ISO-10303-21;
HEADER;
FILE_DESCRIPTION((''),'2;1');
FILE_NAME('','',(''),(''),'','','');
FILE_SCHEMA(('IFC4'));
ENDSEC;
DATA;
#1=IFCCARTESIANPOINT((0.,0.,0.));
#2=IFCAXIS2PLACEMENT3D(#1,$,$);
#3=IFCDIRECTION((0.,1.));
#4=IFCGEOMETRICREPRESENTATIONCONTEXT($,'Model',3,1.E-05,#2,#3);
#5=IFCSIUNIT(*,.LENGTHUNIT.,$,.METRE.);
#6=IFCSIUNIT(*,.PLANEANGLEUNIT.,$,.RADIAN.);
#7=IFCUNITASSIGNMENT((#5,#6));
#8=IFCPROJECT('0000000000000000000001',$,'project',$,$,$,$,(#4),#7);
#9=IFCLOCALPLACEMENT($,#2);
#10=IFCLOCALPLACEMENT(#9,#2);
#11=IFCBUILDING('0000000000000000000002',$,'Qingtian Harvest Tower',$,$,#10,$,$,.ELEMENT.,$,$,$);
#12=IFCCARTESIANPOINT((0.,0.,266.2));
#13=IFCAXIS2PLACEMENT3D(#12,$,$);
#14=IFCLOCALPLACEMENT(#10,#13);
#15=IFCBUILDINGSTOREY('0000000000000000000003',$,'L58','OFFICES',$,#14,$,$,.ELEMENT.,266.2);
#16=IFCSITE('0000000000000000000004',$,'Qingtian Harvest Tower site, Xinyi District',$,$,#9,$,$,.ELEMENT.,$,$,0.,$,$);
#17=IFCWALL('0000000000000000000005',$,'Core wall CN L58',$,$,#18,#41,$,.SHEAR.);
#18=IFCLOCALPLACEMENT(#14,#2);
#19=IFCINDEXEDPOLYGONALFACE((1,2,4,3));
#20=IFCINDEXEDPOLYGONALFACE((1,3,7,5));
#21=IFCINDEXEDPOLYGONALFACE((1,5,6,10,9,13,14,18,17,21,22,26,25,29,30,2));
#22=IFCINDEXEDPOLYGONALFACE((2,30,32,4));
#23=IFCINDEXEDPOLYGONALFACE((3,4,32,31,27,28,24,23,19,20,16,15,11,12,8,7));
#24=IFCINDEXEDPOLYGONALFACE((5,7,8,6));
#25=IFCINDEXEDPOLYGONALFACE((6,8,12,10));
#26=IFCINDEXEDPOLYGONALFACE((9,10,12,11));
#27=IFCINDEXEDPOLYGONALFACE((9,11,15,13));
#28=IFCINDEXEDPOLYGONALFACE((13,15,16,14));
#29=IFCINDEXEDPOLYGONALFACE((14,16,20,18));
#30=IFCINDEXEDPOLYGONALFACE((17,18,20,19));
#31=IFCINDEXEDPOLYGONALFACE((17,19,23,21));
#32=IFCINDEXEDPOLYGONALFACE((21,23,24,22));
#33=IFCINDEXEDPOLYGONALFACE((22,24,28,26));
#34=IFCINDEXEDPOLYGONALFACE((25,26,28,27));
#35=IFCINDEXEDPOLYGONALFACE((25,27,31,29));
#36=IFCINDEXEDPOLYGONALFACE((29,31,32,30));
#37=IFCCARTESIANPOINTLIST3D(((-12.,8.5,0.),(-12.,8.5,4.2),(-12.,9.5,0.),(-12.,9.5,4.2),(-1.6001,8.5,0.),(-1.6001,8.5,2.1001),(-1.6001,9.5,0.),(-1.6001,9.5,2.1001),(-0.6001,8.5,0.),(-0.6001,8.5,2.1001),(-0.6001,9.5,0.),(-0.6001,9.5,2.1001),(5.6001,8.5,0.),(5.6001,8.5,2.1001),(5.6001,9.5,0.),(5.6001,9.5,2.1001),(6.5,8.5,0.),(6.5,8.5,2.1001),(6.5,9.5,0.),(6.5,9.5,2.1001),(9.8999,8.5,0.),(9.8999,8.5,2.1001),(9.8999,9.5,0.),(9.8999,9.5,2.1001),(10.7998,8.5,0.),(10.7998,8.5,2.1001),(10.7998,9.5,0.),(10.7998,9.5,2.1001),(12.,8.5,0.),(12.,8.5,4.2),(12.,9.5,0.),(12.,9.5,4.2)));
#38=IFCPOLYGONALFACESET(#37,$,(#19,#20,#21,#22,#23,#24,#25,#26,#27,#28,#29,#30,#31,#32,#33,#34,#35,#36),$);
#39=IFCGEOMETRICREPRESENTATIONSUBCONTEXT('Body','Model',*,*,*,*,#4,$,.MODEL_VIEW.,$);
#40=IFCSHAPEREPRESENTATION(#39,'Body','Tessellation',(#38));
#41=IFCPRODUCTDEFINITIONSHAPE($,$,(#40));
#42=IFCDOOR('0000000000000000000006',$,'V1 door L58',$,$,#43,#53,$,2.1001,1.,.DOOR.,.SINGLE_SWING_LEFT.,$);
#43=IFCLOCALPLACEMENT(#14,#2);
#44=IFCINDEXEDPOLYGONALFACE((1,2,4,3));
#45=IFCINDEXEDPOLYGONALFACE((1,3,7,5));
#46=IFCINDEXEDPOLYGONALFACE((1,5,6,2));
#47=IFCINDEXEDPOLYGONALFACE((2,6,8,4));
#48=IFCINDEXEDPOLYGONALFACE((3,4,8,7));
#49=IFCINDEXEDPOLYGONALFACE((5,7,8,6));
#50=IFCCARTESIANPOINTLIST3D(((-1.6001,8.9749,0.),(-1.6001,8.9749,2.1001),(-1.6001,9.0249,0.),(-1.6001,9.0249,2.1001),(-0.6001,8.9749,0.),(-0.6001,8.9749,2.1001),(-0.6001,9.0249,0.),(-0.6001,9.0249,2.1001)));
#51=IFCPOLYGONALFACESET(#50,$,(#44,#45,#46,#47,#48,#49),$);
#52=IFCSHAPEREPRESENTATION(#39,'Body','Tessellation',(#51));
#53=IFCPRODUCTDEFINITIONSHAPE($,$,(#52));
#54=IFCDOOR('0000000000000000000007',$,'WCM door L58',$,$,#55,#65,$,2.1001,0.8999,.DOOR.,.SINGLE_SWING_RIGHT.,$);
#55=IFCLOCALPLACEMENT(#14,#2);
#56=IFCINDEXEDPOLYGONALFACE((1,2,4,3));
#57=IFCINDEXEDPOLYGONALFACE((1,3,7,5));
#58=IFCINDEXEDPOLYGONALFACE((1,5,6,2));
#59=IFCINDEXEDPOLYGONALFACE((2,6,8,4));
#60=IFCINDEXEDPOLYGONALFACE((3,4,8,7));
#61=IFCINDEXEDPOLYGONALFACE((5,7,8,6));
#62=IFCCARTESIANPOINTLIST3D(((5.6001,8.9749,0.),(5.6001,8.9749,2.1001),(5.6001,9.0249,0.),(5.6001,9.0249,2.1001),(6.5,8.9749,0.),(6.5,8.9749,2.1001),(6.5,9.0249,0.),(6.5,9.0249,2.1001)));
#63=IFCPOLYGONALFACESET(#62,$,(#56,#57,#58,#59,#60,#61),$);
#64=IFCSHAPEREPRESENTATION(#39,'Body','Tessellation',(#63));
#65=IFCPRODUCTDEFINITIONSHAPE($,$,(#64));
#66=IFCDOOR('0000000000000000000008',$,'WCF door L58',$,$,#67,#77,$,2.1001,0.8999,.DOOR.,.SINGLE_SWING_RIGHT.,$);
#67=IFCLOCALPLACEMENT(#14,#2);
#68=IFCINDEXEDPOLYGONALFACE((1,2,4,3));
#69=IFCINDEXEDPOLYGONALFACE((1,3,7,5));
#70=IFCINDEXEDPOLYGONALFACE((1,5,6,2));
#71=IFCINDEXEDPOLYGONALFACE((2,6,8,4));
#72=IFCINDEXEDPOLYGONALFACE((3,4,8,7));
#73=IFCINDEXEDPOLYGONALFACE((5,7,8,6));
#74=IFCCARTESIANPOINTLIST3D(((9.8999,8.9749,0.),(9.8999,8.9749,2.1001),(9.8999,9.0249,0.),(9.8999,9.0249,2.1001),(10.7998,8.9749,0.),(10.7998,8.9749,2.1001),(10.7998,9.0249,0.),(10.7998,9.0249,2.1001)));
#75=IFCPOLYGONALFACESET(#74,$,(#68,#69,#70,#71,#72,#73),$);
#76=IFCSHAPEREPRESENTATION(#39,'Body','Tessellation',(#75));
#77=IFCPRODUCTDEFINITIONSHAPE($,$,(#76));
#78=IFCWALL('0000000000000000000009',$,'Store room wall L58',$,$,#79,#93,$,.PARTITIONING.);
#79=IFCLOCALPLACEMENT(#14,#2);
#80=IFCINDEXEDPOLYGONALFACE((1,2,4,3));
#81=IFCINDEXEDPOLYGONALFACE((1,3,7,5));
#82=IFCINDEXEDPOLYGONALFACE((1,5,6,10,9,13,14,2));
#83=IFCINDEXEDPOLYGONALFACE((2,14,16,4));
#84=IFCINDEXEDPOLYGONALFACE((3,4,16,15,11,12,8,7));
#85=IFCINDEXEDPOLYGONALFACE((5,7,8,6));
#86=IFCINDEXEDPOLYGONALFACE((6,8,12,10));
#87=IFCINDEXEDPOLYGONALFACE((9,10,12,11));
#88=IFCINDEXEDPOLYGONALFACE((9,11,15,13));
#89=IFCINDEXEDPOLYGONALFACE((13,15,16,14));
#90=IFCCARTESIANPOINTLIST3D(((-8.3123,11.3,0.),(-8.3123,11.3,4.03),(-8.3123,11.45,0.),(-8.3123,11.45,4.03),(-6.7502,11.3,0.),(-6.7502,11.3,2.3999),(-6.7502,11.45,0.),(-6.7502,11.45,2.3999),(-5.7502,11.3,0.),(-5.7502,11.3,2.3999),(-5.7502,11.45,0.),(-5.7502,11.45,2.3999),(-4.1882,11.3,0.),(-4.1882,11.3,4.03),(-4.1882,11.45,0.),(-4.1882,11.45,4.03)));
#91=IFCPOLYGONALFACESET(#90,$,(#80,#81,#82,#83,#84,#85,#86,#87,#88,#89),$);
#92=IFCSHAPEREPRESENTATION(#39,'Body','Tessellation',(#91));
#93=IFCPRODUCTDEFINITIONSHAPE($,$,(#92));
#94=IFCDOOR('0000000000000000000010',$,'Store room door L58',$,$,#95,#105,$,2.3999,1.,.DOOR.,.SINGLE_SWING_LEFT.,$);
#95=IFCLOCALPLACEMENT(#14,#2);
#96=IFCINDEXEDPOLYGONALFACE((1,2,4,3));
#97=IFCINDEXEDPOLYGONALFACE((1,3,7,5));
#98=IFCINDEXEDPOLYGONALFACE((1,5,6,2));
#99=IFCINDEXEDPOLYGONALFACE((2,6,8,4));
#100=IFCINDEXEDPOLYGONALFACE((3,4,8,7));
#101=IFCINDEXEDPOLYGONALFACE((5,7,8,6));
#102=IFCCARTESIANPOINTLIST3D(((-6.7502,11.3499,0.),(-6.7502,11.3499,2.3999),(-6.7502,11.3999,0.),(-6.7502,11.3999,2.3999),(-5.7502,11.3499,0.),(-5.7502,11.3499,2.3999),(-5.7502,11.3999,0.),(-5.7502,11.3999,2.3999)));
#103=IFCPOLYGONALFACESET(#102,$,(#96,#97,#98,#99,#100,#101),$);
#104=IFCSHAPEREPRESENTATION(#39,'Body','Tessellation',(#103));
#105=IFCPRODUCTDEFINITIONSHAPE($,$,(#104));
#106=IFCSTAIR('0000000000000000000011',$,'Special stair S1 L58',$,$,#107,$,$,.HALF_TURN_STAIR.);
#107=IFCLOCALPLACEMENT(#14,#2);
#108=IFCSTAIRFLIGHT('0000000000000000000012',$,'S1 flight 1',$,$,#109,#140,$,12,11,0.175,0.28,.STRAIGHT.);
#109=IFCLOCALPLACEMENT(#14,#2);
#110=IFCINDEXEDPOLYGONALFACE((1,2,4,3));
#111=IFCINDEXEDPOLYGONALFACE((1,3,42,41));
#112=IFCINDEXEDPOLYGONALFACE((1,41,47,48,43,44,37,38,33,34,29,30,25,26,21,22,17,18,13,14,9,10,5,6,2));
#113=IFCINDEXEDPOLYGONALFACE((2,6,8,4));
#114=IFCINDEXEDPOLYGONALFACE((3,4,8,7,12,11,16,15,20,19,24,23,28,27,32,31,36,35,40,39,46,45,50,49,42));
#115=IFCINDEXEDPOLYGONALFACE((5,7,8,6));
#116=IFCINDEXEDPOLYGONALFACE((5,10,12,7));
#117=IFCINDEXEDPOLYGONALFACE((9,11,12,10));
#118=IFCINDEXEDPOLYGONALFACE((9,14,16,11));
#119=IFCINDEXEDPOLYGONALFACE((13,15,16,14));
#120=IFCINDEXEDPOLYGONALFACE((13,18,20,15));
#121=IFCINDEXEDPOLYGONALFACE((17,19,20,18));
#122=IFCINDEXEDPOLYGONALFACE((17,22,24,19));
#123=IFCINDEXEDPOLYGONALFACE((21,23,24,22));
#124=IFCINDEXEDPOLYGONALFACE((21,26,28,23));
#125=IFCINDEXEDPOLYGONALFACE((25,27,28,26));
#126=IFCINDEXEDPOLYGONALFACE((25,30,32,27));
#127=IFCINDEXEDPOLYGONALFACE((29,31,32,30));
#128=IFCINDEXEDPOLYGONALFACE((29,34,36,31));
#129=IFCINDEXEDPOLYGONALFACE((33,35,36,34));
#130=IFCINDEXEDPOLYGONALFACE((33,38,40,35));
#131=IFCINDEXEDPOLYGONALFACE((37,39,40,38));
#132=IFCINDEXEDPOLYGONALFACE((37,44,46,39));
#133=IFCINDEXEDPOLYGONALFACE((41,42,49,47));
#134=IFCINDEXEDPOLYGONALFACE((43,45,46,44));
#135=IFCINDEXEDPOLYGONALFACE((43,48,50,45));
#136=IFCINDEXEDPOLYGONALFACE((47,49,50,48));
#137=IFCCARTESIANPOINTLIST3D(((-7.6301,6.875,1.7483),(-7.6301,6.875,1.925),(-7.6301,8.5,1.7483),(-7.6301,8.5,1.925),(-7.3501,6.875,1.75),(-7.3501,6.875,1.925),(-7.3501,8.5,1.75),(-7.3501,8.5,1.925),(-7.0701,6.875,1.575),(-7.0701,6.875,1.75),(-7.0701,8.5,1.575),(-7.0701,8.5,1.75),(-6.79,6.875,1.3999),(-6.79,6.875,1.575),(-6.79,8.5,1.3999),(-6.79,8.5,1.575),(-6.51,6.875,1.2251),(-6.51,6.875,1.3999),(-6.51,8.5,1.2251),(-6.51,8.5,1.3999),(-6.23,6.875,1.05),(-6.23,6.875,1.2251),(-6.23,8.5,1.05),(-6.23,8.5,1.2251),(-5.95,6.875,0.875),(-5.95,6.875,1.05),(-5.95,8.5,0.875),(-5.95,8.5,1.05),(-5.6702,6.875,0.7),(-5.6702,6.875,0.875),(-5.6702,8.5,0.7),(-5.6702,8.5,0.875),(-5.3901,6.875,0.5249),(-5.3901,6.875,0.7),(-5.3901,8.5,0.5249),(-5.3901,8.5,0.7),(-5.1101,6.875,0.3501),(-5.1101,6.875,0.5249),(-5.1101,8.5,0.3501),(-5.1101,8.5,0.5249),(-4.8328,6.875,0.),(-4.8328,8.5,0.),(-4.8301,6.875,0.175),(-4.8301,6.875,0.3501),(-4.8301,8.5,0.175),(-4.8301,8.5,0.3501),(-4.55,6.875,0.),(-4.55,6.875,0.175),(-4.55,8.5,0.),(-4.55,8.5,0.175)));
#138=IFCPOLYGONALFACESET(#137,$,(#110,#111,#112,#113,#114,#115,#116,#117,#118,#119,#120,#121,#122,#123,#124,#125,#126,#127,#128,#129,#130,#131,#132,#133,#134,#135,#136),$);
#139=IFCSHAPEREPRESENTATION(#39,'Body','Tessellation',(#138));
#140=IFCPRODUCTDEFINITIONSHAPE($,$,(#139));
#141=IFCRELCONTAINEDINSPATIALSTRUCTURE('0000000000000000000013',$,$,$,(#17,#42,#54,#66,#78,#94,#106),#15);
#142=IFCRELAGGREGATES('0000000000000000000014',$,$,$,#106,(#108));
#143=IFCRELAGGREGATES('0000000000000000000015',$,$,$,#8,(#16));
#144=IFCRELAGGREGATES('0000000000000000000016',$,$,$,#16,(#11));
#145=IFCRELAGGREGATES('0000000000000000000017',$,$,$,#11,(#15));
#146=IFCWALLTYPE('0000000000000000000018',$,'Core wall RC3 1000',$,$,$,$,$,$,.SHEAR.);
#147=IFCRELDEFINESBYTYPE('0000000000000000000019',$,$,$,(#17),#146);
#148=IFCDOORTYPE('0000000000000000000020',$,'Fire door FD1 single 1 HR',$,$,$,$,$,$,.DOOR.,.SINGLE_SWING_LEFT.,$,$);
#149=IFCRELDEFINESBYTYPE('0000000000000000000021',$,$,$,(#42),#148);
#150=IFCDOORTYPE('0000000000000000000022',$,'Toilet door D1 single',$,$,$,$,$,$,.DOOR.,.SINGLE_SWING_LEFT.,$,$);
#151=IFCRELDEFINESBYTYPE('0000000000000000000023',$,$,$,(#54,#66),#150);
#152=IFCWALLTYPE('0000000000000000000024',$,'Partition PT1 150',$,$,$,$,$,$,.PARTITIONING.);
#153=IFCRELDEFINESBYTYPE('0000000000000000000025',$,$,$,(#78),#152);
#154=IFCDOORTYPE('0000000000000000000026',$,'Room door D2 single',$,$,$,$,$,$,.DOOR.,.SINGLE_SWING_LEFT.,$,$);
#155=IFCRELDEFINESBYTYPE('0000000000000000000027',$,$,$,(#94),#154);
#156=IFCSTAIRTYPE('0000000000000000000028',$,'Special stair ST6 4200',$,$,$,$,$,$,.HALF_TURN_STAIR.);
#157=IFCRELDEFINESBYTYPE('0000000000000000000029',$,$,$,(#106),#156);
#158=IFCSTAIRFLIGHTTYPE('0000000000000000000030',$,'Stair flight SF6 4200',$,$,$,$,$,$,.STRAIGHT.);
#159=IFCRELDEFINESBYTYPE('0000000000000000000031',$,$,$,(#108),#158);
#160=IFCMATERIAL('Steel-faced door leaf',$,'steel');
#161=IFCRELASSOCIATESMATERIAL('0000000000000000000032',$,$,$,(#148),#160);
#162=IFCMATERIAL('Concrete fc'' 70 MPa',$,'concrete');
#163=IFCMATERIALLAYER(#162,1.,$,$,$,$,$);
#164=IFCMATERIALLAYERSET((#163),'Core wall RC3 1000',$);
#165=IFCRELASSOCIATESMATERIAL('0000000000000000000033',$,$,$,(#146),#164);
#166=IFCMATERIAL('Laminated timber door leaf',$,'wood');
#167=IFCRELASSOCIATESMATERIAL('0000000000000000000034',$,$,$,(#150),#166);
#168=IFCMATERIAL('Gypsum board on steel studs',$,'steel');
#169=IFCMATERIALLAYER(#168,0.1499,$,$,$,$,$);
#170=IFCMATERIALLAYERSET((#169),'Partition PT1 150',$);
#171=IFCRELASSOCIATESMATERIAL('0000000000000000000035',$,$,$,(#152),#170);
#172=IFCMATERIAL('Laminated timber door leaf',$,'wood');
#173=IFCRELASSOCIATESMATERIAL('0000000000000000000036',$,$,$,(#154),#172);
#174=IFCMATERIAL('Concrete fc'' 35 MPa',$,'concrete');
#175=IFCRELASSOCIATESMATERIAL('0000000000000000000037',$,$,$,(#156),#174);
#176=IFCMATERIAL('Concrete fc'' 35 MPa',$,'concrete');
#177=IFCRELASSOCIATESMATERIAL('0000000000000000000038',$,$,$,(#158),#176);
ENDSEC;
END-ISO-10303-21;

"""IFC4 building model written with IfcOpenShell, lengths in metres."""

from ifc_helpers import new_model, si_unit, direction, frame, frame_2d, origin, place, context, subcontext, project, spatial, polyline, rectangle, outline, extrude, material, layer, layer_set, type_object, element, fill, aggregate, save


model = new_model("IFC4")

# Units and contexts
model_context = context("Model", 3, precision=1e-05, world=origin(), true_north=direction((0.0, 1.0)))
body_context = subcontext(model_context, "Body", "Model", "MODEL_VIEW")
ifc_project = project(units=[si_unit("LENGTHUNIT", "METRE"), si_unit("PLANEANGLEUNIT", "RADIAN")], contexts=[model_context])

# Site, building, storey
site_placement = place(None, origin())
site = spatial("IfcSite", under=ifc_project, at=site_placement, Name="Qingtian Harvest Tower site, Xinyi District", CompositionType="ELEMENT", RefElevation=0.0)
building_placement = place(site_placement, origin())
building = spatial("IfcBuilding", under=site, at=building_placement, Name="Qingtian Harvest Tower", CompositionType="ELEMENT")
storey_placement = place(building_placement, frame((0.0, 0.0, 266.2)))
storey = spatial("IfcBuildingStorey", under=building, at=storey_placement, Name="L58", Description="OFFICES", CompositionType="ELEMENT", Elevation=266.2)

# Shared definitions
ifc_material_1 = material(Name="Steel-faced door leaf", Category="steel")
door_type_1 = type_object("IfcDoorType", Name="Fire door FD1 single 1 HR", OperationType="SINGLE_SWING_LEFT", PredefinedType="DOOR", material=ifc_material_1)

# Wall, openings, doors
ifc_material_2 = material(Name="Concrete fc' 70 MPa", Category="concrete")
ifc_layer_1 = layer(ifc_material_2, 1.0)
ifc_layer_set_1 = layer_set([ifc_layer_1], Name="Core wall RC3 1000")
wall_type_1 = type_object("IfcWallType", Name="Core wall RC3 1000", PredefinedType="SHEAR", material=ifc_layer_set_1)
wall_1_placement = place(storey_placement, frame((-12.0, 9.0, 0.0), z_axis=(0.0, 0.0, 1.0), x_axis=(1.0, 0.0, 0.0)))
wall_1 = element("IfcWall", 1, at=wall_1_placement, inside=storey, type_object=wall_type_1, Name="Core wall CN L58", PredefinedType="SHEAR", context=body_context, shape_type="SweptSolid", body=[
    extrude(rectangle(XDim=24.0, YDim=1.0, at=frame_2d((12.0, 0.0))), origin(), (0.0, 0.0, 1.0), 4.2),
])
opening_1_placement = place(wall_1_placement, frame((10.3999, 0.0, 0.0)))
opening_1 = element("IfcOpeningElement", 2, at=opening_1_placement, cuts=wall_1, PredefinedType="OPENING", context=body_context, shape_type="SweptSolid", body=[
    extrude(rectangle(XDim=1.0, YDim=2.1001, at=frame_2d((0.5, 1.05))), frame((0.0, 0.51, 0.0), z_axis=(0.0, -1.0, 0.0), x_axis=(1.0, 0.0, 0.0)), (0.0, 0.0, 1.0), 1.02),
])
opening_2_placement = place(wall_1_placement, frame((17.6001, 0.0, 0.0)))
opening_2 = element("IfcOpeningElement", 3, at=opening_2_placement, cuts=wall_1, PredefinedType="OPENING", context=body_context, shape_type="SweptSolid", body=[
    extrude(rectangle(XDim=0.8999, YDim=2.1001, at=frame_2d((0.45, 1.05))), frame((0.0, 0.51, 0.0), z_axis=(0.0, -1.0, 0.0), x_axis=(1.0, 0.0, 0.0)), (0.0, 0.0, 1.0), 1.02),
])
opening_3_placement = place(wall_1_placement, frame((21.8999, 0.0, 0.0)))
opening_3 = element("IfcOpeningElement", 4, at=opening_3_placement, cuts=wall_1, PredefinedType="OPENING", context=body_context, shape_type="SweptSolid", body=[
    extrude(rectangle(XDim=0.8999, YDim=2.1001, at=frame_2d((0.45, 1.05))), frame((0.0, 0.51, 0.0), z_axis=(0.0, -1.0, 0.0), x_axis=(1.0, 0.0, 0.0)), (0.0, 0.0, 1.0), 1.02),
])
door_1_placement = place(opening_1_placement, origin())
door_1 = element("IfcDoor", 5, at=door_1_placement, inside=storey, type_object=door_type_1, Name="V1 door L58", OperationType="SINGLE_SWING_LEFT", OverallHeight=2.1001, OverallWidth=1.0, PredefinedType="DOOR", context=body_context, shape_type="SweptSolid", body=[
    extrude(rectangle(XDim=1.0, YDim=2.1001, at=frame_2d((0.5, 1.05))), frame((0.0, 0.0249, 0.0), z_axis=(0.0, -1.0, 0.0), x_axis=(1.0, 0.0, 0.0)), (0.0, 0.0, 1.0), 0.05),
])
fill(opening_1, door_1)
ifc_material_3 = material(Name="Laminated timber door leaf", Category="wood")
door_type_2 = type_object("IfcDoorType", Name="Toilet door D1 single", OperationType="SINGLE_SWING_LEFT", PredefinedType="DOOR", material=ifc_material_3)
door_2_placement = place(opening_2_placement, origin())
door_2 = element("IfcDoor", 6, at=door_2_placement, inside=storey, type_object=door_type_2, Name="WCM door L58", OperationType="SINGLE_SWING_RIGHT", OverallHeight=2.1001, OverallWidth=0.8999, PredefinedType="DOOR", context=body_context, shape_type="SweptSolid", body=[
    extrude(rectangle(XDim=0.8999, YDim=2.1001, at=frame_2d((0.45, 1.05))), frame((0.0, 0.0249, 0.0), z_axis=(0.0, -1.0, 0.0), x_axis=(1.0, 0.0, 0.0)), (0.0, 0.0, 1.0), 0.05),
])
fill(opening_2, door_2)
door_3_placement = place(opening_3_placement, origin())
door_3 = element("IfcDoor", 7, at=door_3_placement, inside=storey, type_object=door_type_2, Name="WCF door L58", OperationType="SINGLE_SWING_RIGHT", OverallHeight=2.1001, OverallWidth=0.8999, PredefinedType="DOOR", context=body_context, shape_type="SweptSolid", body=[
    extrude(rectangle(XDim=0.8999, YDim=2.1001, at=frame_2d((0.45, 1.05))), frame((0.0, 0.0249, 0.0), z_axis=(0.0, -1.0, 0.0), x_axis=(1.0, 0.0, 0.0)), (0.0, 0.0, 1.0), 0.05),
])
fill(opening_3, door_3)

# Wall, opening, door
ifc_material_4 = material(Name="Gypsum board on steel studs", Category="steel")
ifc_layer_2 = layer(ifc_material_4, 0.1499)
ifc_layer_set_2 = layer_set([ifc_layer_2], Name="Partition PT1 150")
wall_type_2 = type_object("IfcWallType", Name="Partition PT1 150", PredefinedType="PARTITIONING", material=ifc_layer_set_2)
wall_2_placement = place(storey_placement, frame((-8.3123, 11.375, 0.0), z_axis=(0.0, 0.0, 1.0), x_axis=(1.0, 0.0, 0.0)))
wall_2 = element("IfcWall", 8, at=wall_2_placement, inside=storey, type_object=wall_type_2, Name="Store room wall L58", PredefinedType="PARTITIONING", context=body_context, shape_type="SweptSolid", body=[
    extrude(rectangle(XDim=4.124, YDim=0.1499, at=frame_2d((2.062, 0.0))), origin(), (0.0, 0.0, 1.0), 4.03),
])
opening_4_placement = place(wall_2_placement, frame((1.562, 0.0, 0.0)))
opening_4 = element("IfcOpeningElement", 9, at=opening_4_placement, cuts=wall_2, PredefinedType="OPENING", context=body_context, shape_type="SweptSolid", body=[
    extrude(rectangle(XDim=1.0, YDim=2.3999, at=frame_2d((0.5, 1.2))), frame((0.0, 0.085, 0.0), z_axis=(0.0, -1.0, 0.0), x_axis=(1.0, 0.0, 0.0)), (0.0, 0.0, 1.0), 0.1699),
])
ifc_material_5 = material(Name="Laminated timber door leaf", Category="wood")
door_type_3 = type_object("IfcDoorType", Name="Room door D2 single", OperationType="SINGLE_SWING_LEFT", PredefinedType="DOOR", material=ifc_material_5)
door_4_placement = place(opening_4_placement, origin())
door_4 = element("IfcDoor", 10, at=door_4_placement, inside=storey, type_object=door_type_3, Name="Store room door L58", OperationType="SINGLE_SWING_LEFT", OverallHeight=2.3999, OverallWidth=1.0, PredefinedType="DOOR", context=body_context, shape_type="SweptSolid", body=[
    extrude(rectangle(XDim=1.0, YDim=2.3999, at=frame_2d((0.5, 1.2))), frame((0.0, 0.0249, 0.0), z_axis=(0.0, -1.0, 0.0), x_axis=(1.0, 0.0, 0.0)), (0.0, 0.0, 1.0), 0.05),
])
fill(opening_4, door_4)

# Stair, stair flight
ifc_material_6 = material(Name="Concrete fc' 35 MPa", Category="concrete")
stair_type = type_object("IfcStairType", Name="Special stair ST6 4200", PredefinedType="HALF_TURN_STAIR", material=ifc_material_6)
stair_placement = place(storey_placement, origin())
stair = element("IfcStair", 11, at=stair_placement, inside=storey, type_object=stair_type, Name="Special stair S1 L58", PredefinedType="HALF_TURN_STAIR")
ifc_material_7 = material(Name="Concrete fc' 35 MPa", Category="concrete")
stair_flight_type = type_object("IfcStairFlightType", Name="Stair flight SF6 4200", PredefinedType="STRAIGHT", material=ifc_material_7)
stair_flight_1_placement = place(storey_placement, frame((-4.55, 7.6875, 0.0), z_axis=(0.0, 0.0, 1.0), x_axis=(-1.0, 0.0, 0.0)))
stair_flight_1 = element("IfcStairFlight", 12, at=stair_flight_1_placement, type_object=stair_flight_type, Name="S1 flight 1", NumberOfRisers=12, NumberOfTreads=11, PredefinedType="STRAIGHT", RiserHeight=0.175, TreadLength=0.28, context=body_context, shape_type="SweptSolid", body=[
    extrude(outline(polyline([(0.0, 0.0), (0.0, 0.175), (0.28, 0.175), (0.28, 0.3501), (0.5601, 0.3501), (0.5601, 0.5249), (0.8401, 0.5249), (0.8401, 0.7), (1.1201, 0.7), (1.1201, 0.875), (1.3999, 0.875), (1.3999, 1.05), (1.6799, 1.05), (1.6799, 1.2251), (1.96, 1.2251), (1.96, 1.3999), (2.24, 1.3999), (2.24, 1.575), (2.52, 1.575), (2.52, 1.75), (2.8, 1.75), (2.8, 1.925), (3.0801, 1.925), (3.0801, 2.1001), (3.0801, 1.7483), (0.2827, 0.0), (0.0, 0.0)])), frame((0.0, 0.8125, 0.0), z_axis=(0.0, -1.0, 0.0), x_axis=(1.0, 0.0, 0.0)), (0.0, 0.0, 1.0), 1.625),
])
aggregate(stair, [stair_flight_1])

save(model, "model.ifc")
